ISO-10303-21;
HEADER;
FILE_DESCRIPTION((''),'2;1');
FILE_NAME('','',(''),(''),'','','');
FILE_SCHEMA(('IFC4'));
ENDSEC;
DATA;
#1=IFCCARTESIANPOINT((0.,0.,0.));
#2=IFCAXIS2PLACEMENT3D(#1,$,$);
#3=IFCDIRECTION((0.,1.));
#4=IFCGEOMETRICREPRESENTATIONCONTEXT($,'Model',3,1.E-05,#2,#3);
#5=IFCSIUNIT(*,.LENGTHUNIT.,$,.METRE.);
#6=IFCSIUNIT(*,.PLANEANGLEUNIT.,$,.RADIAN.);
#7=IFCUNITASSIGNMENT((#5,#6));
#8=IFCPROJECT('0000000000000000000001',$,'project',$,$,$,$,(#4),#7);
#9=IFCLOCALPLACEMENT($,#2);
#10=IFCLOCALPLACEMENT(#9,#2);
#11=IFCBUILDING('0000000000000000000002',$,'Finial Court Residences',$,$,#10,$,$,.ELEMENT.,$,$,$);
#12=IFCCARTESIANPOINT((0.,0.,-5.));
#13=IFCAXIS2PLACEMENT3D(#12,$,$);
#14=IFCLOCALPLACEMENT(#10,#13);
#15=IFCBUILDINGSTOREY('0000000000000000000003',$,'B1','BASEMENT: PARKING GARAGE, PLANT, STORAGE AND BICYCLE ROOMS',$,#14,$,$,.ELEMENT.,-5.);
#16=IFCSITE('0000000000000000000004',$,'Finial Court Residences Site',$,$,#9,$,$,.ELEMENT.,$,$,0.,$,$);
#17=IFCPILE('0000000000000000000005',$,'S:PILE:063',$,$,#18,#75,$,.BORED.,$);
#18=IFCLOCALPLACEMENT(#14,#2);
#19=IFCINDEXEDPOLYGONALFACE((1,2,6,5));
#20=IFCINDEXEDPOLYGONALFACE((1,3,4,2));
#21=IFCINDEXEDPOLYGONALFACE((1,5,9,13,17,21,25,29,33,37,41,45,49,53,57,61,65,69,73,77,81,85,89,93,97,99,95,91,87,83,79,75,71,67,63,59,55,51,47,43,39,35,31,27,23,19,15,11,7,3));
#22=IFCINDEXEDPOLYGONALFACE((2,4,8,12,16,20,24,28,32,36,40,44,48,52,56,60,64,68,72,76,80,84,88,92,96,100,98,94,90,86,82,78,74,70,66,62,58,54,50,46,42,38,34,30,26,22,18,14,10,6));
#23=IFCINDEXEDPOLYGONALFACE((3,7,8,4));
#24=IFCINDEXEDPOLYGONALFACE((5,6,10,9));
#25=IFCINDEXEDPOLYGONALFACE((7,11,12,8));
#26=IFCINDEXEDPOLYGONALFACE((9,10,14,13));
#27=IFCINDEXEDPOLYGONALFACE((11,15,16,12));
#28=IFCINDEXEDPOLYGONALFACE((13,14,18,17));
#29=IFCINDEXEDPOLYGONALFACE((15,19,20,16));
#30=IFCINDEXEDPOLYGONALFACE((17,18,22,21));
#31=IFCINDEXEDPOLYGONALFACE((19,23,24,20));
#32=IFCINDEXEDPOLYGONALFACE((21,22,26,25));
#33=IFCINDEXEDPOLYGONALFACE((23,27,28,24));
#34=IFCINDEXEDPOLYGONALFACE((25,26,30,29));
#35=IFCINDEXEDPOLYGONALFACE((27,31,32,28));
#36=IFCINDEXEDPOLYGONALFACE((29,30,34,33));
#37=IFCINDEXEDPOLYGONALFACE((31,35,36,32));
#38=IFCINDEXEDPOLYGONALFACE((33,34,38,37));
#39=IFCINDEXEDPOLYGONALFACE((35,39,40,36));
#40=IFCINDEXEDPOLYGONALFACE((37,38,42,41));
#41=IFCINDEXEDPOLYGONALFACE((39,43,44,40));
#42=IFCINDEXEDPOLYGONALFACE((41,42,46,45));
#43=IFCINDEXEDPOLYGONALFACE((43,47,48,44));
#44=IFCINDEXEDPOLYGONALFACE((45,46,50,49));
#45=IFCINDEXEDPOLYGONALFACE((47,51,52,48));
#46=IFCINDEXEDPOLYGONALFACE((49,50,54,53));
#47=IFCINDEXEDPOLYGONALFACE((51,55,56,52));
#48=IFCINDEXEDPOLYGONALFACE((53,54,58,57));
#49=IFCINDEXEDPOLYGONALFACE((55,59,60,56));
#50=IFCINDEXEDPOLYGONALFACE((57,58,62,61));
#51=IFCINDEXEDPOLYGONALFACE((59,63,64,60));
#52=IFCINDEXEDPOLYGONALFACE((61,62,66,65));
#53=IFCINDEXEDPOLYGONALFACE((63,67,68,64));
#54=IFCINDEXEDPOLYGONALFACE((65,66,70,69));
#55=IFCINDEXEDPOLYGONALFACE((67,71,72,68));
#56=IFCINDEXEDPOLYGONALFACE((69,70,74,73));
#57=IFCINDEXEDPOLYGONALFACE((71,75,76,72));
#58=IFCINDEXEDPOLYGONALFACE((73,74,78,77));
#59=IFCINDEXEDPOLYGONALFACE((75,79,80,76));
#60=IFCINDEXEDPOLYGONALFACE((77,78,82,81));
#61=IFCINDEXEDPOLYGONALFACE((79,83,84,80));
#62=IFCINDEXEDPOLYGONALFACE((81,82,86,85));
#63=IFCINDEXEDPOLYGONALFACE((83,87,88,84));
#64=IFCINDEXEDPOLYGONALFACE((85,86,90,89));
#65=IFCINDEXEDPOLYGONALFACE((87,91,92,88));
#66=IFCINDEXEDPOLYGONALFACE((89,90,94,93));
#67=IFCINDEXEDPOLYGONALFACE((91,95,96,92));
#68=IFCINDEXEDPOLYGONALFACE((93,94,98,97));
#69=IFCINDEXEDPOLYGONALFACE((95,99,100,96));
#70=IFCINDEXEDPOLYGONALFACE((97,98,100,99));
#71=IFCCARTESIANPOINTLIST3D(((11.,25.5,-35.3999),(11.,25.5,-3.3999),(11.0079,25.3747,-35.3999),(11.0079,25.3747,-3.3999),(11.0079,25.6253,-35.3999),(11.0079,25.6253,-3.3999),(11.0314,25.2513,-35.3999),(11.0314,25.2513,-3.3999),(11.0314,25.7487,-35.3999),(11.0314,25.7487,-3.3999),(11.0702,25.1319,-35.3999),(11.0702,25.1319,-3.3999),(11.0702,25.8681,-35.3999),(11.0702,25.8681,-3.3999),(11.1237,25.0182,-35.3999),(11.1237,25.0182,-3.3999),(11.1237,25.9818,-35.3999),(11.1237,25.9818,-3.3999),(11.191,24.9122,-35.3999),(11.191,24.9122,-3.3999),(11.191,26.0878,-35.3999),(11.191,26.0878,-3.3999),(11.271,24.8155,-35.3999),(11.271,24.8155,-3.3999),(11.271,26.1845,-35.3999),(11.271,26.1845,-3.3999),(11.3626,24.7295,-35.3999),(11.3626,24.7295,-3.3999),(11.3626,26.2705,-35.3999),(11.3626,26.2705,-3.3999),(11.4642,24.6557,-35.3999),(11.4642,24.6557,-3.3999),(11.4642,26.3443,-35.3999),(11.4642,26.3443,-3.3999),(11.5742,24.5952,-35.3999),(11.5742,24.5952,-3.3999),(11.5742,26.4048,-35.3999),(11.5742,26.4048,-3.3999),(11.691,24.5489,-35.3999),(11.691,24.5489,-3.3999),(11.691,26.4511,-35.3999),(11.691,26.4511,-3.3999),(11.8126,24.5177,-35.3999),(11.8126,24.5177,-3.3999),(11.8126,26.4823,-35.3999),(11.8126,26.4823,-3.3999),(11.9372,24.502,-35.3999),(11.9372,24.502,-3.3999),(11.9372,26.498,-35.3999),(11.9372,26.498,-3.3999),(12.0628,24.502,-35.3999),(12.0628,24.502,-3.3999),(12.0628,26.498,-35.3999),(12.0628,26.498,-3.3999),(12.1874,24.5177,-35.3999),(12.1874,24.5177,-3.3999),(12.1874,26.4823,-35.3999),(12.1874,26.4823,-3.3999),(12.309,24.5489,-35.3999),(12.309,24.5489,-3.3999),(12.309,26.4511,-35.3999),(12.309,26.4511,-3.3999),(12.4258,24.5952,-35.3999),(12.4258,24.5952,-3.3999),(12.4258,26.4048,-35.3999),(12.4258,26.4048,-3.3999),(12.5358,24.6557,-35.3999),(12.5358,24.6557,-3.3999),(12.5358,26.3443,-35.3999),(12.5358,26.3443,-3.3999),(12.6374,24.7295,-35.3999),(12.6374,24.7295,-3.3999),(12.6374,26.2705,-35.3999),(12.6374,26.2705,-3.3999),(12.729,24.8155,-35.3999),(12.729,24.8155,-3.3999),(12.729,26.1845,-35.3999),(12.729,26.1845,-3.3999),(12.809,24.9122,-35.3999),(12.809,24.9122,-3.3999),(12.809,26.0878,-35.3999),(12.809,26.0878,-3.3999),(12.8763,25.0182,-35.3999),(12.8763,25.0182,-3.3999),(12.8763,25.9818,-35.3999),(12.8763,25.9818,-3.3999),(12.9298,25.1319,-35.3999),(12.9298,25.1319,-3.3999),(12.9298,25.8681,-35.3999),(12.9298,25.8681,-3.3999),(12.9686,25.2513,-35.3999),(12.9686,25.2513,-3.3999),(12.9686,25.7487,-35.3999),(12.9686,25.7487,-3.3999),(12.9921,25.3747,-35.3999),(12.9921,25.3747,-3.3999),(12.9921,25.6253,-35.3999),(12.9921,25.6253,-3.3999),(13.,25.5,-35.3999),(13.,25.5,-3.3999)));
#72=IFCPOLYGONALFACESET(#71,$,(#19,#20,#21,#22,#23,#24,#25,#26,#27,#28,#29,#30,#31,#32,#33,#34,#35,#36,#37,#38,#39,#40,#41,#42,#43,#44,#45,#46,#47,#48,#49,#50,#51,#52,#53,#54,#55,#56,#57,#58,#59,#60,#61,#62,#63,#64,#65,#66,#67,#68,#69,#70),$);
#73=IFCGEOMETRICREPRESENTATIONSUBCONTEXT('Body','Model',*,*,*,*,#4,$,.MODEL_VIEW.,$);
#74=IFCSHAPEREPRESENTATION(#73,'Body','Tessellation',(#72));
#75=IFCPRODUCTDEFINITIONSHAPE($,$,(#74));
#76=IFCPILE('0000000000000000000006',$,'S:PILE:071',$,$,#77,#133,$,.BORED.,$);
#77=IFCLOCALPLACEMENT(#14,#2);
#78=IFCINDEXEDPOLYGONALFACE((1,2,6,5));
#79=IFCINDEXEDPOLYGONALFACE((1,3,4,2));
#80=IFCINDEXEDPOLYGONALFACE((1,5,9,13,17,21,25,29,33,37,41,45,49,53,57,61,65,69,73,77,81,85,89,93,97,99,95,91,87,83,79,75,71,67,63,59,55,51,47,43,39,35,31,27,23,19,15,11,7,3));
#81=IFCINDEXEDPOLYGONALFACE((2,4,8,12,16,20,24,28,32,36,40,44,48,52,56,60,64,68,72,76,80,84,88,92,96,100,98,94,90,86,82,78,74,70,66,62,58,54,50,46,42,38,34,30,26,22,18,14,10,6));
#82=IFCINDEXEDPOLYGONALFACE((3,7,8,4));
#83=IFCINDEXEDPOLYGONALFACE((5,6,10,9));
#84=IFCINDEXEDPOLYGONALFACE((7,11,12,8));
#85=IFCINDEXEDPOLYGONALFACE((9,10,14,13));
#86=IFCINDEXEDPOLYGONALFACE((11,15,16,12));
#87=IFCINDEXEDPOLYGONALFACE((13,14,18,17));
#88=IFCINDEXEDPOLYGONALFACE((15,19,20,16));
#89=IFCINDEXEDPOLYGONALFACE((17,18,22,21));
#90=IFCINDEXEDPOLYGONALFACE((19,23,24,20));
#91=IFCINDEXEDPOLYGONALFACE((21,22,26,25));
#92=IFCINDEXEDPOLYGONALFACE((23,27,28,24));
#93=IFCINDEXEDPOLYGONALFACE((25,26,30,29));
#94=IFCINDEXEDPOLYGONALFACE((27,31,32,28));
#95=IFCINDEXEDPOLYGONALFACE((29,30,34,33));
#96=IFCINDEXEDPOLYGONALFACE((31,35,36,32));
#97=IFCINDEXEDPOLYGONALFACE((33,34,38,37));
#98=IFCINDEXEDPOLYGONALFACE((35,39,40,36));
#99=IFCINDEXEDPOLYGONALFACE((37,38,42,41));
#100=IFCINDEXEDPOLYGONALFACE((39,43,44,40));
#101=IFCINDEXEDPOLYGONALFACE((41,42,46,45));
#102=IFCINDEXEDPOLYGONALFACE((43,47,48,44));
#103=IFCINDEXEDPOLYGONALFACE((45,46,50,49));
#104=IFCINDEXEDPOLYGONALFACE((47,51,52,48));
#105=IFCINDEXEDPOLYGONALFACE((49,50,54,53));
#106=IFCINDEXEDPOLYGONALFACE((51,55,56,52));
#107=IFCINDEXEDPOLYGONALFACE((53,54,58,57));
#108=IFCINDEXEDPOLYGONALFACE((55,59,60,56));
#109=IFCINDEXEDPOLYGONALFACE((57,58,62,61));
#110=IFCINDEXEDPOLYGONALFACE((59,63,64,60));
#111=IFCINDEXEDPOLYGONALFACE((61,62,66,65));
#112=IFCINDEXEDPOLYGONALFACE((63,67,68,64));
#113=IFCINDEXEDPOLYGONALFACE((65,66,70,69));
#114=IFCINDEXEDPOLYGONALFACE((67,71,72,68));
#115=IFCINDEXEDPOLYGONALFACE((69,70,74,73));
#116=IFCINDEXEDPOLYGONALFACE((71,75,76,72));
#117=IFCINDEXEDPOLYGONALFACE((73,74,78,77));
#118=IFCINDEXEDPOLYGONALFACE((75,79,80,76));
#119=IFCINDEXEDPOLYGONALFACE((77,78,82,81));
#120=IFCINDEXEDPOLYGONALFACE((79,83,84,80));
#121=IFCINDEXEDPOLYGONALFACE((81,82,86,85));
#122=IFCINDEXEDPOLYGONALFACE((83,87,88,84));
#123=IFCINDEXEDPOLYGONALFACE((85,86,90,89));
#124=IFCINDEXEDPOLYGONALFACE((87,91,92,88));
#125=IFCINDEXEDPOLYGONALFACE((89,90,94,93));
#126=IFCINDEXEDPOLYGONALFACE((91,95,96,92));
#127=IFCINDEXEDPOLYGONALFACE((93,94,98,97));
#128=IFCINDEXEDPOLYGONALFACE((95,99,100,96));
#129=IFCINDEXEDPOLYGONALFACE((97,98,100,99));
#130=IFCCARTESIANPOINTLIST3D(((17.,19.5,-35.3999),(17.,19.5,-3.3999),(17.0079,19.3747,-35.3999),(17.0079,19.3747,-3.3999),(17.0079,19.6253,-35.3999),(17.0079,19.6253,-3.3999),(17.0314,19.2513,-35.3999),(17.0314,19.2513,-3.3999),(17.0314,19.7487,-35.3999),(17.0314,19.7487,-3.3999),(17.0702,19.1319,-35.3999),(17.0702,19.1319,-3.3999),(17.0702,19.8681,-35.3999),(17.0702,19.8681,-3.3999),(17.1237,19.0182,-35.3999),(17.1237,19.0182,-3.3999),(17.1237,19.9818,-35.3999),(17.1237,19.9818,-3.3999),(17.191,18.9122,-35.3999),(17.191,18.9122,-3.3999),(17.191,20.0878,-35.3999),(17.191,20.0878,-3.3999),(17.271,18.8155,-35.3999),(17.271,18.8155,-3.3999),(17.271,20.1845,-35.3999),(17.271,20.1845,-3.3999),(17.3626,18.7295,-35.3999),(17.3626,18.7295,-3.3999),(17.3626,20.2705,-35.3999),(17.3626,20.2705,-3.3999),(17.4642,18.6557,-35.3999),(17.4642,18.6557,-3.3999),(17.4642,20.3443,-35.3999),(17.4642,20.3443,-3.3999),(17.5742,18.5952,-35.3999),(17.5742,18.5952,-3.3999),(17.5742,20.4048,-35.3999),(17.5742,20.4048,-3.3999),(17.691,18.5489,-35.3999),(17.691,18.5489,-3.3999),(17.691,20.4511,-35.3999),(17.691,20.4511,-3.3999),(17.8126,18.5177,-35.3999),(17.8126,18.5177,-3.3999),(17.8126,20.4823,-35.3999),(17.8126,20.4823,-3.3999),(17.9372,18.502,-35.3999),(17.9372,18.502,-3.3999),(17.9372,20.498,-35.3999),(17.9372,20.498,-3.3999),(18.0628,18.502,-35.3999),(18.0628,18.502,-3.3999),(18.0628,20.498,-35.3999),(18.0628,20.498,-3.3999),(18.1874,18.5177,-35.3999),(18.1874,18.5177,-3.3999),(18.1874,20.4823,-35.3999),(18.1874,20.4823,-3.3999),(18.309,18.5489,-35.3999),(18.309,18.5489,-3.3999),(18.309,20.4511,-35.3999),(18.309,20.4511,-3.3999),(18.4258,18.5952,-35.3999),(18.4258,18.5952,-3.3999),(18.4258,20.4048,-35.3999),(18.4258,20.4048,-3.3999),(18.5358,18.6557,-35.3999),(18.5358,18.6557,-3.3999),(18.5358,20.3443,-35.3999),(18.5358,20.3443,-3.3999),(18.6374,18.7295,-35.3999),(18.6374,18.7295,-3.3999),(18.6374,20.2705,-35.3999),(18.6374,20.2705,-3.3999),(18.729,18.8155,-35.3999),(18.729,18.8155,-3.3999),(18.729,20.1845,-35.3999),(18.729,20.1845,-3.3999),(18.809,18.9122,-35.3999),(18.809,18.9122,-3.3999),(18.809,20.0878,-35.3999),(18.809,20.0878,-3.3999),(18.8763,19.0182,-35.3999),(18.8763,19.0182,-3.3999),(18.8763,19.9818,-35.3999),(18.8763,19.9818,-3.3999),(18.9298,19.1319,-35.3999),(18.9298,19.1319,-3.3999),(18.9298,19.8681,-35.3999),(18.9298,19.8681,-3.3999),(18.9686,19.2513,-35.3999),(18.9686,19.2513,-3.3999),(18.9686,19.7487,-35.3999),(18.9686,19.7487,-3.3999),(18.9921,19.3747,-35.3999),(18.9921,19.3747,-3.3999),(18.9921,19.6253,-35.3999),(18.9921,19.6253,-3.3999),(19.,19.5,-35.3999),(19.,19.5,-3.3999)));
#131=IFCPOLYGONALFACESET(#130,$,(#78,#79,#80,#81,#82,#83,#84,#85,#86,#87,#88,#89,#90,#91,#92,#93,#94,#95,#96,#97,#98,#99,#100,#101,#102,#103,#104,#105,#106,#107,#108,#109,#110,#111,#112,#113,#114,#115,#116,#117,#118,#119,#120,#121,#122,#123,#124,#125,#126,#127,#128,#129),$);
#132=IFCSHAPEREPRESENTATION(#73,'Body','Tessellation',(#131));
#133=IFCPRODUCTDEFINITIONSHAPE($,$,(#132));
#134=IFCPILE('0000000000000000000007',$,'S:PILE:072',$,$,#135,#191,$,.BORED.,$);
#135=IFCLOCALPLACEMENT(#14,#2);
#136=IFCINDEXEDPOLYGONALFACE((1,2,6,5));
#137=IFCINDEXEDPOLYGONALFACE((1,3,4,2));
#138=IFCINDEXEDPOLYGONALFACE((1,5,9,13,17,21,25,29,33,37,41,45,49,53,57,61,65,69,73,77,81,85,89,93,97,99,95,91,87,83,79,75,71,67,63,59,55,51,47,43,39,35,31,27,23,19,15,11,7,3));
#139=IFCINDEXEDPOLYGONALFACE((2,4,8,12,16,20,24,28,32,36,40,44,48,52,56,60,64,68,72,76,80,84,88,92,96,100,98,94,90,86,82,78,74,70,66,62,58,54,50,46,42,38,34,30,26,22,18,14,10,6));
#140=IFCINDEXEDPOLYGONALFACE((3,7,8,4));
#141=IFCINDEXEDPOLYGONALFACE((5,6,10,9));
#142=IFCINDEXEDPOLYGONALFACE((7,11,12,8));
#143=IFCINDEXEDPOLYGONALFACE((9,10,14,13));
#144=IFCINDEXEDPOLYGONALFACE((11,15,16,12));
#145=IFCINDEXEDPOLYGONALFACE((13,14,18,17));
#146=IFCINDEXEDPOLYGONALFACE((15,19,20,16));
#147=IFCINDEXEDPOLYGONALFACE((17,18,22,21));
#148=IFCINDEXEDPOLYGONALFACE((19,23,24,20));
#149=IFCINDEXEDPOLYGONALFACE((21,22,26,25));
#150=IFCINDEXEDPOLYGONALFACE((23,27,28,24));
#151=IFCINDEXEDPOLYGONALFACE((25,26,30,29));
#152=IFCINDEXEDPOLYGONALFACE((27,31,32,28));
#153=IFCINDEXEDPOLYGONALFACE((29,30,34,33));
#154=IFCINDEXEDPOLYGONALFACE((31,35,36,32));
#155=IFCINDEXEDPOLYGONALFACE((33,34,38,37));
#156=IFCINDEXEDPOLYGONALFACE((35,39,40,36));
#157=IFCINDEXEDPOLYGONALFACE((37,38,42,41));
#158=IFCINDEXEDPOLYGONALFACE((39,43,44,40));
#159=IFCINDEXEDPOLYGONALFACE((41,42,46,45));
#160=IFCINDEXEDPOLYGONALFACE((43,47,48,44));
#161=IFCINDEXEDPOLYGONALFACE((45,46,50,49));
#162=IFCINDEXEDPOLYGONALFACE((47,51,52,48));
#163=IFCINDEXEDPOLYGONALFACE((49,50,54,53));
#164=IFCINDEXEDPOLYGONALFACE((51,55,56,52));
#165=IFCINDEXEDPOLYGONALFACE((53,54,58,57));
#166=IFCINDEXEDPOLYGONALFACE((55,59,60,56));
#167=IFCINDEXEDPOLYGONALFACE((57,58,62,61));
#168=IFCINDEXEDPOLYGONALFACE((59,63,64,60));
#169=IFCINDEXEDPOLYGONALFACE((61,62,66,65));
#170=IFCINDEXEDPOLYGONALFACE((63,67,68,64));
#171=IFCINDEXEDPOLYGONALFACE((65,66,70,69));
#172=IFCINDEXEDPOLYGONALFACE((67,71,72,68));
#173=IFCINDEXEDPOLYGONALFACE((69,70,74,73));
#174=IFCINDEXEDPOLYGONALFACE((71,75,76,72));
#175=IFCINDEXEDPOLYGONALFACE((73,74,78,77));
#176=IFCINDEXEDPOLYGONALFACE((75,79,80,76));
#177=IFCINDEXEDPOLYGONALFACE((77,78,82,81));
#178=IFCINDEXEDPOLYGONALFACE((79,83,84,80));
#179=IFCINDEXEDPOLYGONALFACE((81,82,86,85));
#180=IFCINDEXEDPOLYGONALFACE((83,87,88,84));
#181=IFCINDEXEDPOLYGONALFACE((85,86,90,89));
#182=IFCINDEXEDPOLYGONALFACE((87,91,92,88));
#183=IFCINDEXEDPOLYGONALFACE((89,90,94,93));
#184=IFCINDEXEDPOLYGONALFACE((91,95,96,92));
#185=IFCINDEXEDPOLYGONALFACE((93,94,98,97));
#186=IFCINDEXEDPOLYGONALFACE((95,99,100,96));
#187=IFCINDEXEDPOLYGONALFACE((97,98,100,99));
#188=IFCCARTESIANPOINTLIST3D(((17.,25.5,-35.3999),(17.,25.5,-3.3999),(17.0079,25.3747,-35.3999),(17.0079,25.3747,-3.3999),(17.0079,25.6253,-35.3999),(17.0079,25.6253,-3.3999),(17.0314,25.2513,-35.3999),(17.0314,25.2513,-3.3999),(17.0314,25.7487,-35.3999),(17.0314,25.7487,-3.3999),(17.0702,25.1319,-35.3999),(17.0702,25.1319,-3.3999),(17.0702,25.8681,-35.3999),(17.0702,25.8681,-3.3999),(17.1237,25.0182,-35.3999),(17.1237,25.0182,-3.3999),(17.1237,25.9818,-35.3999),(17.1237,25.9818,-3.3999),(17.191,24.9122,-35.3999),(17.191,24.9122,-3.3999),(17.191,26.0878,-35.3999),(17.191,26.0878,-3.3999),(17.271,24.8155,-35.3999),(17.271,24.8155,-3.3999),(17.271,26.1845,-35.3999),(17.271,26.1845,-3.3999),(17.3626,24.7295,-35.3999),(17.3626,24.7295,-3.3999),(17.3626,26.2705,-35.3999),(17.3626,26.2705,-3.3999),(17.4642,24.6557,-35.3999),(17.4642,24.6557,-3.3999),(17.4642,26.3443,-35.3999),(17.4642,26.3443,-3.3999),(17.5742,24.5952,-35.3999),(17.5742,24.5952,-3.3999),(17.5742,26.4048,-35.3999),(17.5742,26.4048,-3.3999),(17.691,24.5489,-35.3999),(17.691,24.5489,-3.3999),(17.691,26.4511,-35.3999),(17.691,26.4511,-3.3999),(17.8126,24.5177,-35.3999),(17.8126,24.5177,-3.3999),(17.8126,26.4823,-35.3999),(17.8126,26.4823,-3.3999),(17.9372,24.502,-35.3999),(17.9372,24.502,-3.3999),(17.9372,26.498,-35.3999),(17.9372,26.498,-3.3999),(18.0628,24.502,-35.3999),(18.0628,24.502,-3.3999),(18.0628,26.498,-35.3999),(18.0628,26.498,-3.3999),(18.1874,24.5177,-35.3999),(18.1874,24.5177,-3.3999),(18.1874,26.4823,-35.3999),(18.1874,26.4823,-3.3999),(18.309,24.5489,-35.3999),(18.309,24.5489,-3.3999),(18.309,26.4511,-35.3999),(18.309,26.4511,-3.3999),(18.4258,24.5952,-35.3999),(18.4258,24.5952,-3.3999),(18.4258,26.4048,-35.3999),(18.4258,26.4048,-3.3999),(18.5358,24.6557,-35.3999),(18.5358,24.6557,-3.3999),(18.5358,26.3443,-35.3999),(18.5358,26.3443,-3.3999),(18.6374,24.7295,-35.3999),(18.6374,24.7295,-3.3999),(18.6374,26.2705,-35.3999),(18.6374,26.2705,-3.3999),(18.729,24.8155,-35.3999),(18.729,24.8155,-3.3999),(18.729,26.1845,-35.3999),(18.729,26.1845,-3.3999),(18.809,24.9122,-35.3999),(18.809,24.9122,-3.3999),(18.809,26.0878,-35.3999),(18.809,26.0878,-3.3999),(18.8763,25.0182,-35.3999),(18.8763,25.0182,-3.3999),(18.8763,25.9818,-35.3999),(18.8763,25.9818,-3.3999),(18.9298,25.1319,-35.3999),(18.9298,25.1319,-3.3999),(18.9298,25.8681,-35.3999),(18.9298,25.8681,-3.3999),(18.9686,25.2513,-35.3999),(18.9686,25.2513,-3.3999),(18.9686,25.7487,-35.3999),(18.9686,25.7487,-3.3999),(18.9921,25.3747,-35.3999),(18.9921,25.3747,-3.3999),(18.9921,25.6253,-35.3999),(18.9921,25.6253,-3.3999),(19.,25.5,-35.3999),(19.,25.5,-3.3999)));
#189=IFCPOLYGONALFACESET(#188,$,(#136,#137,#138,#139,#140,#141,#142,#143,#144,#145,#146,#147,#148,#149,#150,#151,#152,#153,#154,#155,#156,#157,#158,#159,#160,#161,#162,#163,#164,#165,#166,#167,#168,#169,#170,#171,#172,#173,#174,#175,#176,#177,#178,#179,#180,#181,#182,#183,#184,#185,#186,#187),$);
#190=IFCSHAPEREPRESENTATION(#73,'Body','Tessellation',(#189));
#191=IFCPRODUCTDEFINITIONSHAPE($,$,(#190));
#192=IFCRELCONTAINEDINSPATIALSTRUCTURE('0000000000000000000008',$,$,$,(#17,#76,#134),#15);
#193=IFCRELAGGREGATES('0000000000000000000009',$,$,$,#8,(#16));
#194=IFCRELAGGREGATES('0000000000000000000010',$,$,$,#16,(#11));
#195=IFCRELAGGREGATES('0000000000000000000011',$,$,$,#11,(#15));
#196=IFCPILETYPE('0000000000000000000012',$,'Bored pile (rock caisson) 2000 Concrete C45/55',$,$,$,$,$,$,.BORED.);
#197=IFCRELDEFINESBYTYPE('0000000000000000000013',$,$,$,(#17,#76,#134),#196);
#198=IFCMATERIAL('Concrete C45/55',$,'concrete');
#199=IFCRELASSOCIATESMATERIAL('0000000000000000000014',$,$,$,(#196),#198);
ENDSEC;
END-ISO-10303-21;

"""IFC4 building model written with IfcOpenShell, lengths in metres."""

from ifc_helpers import new_model, si_unit, direction, frame, origin, origin_2d, place, context, subcontext, project, spatial, circle, extrude, material, material_profile, profile_set, type_object, element, save


model = new_model("IFC4")

# Units and contexts
model_context = context("Model", 3, precision=1e-05, world=origin(), true_north=direction((0.0, 1.0)))
body_context = subcontext(model_context, "Body", "Model", "MODEL_VIEW")
ifc_project = project(units=[si_unit("LENGTHUNIT", "METRE"), si_unit("PLANEANGLEUNIT", "RADIAN")], contexts=[model_context])

# Site, building, storey
site_placement = place(None, origin())
site = spatial("IfcSite", under=ifc_project, at=site_placement, Name="Finial Court Residences Site", CompositionType="ELEMENT", RefElevation=0.0)
building_placement = place(site_placement, origin())
building = spatial("IfcBuilding", under=site, at=building_placement, Name="Finial Court Residences", CompositionType="ELEMENT")
storey_placement = place(building_placement, frame((0.0, 0.0, -5.0)))
storey = spatial("IfcBuildingStorey", under=building, at=storey_placement, Name="B1", Description="BASEMENT: PARKING GARAGE, PLANT, STORAGE AND BICYCLE ROOMS", CompositionType="ELEMENT", Elevation=-5.0)

# Piles
ifc_material_1 = material(Name="Concrete C45/55", Category="concrete")
ifc_material_profile_1 = material_profile(ifc_material_1, circle(Radius=1.0, at=origin_2d()), Name="D2000")
ifc_profile_set_1 = profile_set([ifc_material_profile_1], Name="Concrete C45/55")
pile_type = type_object("IfcPileType", Name="Bored pile (rock caisson) 2000 Concrete C45/55", PredefinedType="BORED", material=ifc_profile_set_1)
for number, where, z_axis, x_axis, name in (
    (1, (12.0, 25.5, -3.3999), (0.0, 0.0, -1.0), (1.0, 0.0, 0.0), "S:PILE:063"),
    (2, (18.0, 19.5, -3.3999), (0.0, 0.0, -1.0), (1.0, 0.0, 0.0), "S:PILE:071"),
    (3, (18.0, 25.5, -3.3999), (0.0, 0.0, -1.0), (1.0, 0.0, 0.0), "S:PILE:072"),
):
    element("IfcPile", number, at=place(storey_placement, frame(where, z_axis=z_axis, x_axis=x_axis)), inside=storey, type_object=pile_type, Name=name, PredefinedType="BORED", context=body_context, shape_type="SweptSolid", body=[
        extrude(circle(Radius=1.0, at=origin_2d()), origin(), (0.0, 0.0, 1.0), 32.0),
    ])

save(model, "model.ifc")
